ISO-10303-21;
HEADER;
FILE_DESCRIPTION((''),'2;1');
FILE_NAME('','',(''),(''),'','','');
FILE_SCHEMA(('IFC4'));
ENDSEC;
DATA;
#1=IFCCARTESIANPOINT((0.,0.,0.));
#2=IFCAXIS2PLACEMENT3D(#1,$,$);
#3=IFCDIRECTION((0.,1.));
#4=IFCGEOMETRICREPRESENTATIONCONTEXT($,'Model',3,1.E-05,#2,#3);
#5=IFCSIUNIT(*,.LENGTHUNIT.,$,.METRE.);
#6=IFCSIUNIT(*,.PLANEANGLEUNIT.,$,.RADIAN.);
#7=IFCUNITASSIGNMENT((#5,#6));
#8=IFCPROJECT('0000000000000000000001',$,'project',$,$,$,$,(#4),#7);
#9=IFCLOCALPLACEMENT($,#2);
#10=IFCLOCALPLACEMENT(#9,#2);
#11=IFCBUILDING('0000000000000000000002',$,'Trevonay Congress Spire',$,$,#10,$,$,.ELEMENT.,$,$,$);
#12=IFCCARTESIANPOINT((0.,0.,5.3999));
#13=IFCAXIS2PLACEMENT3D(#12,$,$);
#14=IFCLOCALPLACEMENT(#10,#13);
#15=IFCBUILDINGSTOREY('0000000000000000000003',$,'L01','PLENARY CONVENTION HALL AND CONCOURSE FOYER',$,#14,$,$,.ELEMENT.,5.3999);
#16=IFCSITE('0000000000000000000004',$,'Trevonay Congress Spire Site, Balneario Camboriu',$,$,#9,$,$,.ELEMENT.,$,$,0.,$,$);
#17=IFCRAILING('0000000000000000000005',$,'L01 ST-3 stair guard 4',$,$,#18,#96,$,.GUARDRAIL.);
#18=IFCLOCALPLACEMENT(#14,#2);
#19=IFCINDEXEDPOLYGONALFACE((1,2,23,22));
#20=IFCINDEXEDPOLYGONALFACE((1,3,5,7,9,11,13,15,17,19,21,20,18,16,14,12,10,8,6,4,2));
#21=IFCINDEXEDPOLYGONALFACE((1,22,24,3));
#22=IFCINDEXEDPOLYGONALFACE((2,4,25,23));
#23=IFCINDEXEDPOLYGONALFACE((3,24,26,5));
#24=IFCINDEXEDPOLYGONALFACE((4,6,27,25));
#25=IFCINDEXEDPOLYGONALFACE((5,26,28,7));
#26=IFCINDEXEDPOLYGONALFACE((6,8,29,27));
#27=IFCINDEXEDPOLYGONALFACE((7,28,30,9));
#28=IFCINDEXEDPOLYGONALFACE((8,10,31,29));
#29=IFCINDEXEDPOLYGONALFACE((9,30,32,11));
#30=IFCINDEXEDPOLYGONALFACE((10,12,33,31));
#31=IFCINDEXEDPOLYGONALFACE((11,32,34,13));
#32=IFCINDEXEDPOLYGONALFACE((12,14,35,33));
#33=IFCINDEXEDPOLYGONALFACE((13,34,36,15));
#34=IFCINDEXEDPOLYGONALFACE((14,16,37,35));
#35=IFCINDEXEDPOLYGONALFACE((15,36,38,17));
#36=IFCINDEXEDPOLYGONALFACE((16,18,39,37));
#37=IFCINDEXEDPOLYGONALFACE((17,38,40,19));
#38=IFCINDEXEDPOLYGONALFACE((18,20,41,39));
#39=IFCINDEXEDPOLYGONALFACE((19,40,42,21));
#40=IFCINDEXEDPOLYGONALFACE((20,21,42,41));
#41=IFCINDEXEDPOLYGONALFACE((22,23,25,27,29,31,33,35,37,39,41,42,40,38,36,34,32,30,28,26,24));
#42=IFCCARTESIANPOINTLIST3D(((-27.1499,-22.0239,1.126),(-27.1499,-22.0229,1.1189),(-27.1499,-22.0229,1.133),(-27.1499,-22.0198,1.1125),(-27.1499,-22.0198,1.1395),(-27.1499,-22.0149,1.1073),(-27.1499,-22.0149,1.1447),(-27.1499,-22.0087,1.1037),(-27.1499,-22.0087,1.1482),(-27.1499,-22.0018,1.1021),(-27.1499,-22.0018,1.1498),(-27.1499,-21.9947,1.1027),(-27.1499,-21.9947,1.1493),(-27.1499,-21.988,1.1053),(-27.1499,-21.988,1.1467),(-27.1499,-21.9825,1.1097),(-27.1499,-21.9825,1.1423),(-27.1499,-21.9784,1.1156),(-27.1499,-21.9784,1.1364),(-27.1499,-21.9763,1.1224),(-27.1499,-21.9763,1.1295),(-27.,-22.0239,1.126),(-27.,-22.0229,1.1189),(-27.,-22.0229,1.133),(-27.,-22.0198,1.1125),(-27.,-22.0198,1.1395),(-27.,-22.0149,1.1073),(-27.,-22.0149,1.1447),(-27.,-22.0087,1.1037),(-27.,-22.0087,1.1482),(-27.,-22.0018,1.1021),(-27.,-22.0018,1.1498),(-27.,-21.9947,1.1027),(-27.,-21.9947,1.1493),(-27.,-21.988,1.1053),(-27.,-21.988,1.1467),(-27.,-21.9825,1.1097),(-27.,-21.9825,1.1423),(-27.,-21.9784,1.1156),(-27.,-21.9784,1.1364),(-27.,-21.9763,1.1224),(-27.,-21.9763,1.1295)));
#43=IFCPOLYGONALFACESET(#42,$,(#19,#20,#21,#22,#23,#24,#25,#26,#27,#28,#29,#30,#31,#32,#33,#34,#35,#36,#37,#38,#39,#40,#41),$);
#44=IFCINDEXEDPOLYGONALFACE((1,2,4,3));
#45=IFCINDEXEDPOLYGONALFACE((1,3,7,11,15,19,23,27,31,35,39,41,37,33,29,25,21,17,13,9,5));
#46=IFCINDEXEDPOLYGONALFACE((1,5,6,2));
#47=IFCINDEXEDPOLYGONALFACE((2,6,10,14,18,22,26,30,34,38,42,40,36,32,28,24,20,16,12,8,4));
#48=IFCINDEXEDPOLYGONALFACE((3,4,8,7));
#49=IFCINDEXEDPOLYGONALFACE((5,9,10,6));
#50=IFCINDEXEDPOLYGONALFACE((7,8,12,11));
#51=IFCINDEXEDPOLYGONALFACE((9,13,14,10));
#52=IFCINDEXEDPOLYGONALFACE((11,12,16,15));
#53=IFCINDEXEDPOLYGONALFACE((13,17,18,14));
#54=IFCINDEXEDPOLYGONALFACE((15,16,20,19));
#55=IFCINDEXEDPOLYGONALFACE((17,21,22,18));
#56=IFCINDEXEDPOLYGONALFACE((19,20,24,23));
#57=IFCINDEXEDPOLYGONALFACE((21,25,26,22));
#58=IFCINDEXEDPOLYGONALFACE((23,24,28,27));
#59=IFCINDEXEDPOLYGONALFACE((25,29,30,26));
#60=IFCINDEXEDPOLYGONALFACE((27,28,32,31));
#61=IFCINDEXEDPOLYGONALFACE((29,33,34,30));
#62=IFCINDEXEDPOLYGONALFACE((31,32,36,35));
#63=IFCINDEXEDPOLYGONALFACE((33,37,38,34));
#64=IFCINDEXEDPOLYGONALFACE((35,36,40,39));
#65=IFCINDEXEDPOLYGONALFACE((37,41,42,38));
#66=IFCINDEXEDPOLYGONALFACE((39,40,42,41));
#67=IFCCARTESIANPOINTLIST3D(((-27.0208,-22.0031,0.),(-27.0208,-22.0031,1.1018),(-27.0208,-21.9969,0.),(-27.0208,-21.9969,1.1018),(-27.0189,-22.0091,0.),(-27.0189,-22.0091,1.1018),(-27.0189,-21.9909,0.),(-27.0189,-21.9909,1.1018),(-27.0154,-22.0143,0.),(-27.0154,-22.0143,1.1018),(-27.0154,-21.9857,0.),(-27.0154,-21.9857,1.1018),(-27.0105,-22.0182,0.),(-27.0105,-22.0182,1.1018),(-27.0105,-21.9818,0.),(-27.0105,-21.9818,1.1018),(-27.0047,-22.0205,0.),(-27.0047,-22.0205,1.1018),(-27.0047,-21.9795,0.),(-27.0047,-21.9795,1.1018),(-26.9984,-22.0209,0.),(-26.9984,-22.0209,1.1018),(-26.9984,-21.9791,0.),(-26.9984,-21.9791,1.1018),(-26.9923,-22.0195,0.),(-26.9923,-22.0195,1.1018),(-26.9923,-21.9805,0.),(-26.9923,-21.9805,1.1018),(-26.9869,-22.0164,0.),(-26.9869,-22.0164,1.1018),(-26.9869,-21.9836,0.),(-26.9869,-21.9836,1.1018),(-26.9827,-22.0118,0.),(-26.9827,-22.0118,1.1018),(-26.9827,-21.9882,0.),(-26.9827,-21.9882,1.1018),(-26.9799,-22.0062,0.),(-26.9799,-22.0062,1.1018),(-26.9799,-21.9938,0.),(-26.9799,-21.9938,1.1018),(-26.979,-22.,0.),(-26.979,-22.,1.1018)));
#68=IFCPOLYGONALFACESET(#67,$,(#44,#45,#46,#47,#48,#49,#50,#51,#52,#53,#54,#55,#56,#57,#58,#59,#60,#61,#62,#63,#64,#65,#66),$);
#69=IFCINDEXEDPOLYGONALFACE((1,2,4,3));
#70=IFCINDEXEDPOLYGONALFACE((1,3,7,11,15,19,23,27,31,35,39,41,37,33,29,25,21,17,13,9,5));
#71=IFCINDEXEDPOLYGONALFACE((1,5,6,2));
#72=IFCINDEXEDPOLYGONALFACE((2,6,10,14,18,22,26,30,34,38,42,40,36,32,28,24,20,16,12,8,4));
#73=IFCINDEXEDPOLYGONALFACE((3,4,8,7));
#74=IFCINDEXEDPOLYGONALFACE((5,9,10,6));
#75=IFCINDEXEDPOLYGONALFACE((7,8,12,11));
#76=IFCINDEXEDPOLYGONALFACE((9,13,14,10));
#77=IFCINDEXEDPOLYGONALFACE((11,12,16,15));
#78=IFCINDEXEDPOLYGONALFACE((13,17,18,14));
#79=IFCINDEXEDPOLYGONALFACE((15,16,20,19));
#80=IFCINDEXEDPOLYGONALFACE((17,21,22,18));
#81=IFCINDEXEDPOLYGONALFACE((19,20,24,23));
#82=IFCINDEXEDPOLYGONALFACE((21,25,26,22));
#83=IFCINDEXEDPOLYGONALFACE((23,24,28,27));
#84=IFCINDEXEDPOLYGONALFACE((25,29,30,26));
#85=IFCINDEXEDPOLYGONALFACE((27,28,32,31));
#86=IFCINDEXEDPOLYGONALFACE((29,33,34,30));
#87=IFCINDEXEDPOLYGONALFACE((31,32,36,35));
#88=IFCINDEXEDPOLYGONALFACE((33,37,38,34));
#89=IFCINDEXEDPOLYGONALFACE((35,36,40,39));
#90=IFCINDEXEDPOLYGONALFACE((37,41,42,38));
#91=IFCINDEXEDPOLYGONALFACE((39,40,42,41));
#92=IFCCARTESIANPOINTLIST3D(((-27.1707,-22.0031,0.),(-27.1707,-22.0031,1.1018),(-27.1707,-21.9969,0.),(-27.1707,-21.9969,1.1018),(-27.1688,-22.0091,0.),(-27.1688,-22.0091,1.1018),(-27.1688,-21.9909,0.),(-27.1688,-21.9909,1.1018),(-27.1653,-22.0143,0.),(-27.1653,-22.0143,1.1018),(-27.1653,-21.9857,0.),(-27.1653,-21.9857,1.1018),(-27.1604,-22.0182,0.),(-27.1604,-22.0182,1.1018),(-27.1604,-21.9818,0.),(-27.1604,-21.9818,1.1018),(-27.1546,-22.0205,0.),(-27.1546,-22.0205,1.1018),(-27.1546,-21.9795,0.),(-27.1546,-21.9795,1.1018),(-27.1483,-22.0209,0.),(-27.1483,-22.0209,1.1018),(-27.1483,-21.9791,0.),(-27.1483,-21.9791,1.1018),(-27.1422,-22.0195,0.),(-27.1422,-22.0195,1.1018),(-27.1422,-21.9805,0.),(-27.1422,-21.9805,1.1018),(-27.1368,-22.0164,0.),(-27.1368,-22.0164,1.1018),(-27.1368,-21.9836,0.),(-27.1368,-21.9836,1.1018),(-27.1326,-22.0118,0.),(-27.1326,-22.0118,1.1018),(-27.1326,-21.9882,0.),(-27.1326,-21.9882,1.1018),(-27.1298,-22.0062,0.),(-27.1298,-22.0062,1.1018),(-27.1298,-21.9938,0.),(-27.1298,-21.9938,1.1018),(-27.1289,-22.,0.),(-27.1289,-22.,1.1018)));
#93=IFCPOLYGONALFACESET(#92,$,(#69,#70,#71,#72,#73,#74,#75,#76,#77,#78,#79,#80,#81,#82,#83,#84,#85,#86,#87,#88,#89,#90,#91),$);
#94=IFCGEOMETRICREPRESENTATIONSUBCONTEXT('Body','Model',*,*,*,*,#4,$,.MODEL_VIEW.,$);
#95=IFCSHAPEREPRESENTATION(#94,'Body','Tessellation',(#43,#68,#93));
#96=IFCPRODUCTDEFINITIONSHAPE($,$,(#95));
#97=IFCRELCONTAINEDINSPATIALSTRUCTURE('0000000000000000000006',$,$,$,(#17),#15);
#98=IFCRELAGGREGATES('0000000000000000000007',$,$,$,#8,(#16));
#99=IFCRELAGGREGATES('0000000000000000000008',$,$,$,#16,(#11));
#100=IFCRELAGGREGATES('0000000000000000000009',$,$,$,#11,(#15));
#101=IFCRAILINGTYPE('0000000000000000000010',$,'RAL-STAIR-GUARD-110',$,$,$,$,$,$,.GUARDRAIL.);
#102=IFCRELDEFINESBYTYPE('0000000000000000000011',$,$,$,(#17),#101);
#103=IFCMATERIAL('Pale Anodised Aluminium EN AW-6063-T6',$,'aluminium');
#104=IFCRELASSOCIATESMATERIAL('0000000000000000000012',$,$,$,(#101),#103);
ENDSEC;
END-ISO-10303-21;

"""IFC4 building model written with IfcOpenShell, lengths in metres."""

from ifc_helpers import new_model, si_unit, direction, frame, origin, origin_2d, place, context, subcontext, project, spatial, circle, extrude, material, type_object, element, save


model = new_model("IFC4")

# Units and contexts
model_context = context("Model", 3, precision=1e-05, world=origin(), true_north=direction((0.0, 1.0)))
body_context = subcontext(model_context, "Body", "Model", "MODEL_VIEW")
ifc_project = project(units=[si_unit("LENGTHUNIT", "METRE"), si_unit("PLANEANGLEUNIT", "RADIAN")], contexts=[model_context])

# Site, building, storey
site_placement = place(None, origin())
site = spatial("IfcSite", under=ifc_project, at=site_placement, Name="Trevonay Congress Spire Site, Balneario Camboriu", CompositionType="ELEMENT", RefElevation=0.0)
building_placement = place(site_placement, origin())
building = spatial("IfcBuilding", under=site, at=building_placement, Name="Trevonay Congress Spire", CompositionType="ELEMENT")
storey_placement = place(building_placement, frame((0.0, 0.0, 5.3999)))
storey = spatial("IfcBuildingStorey", under=building, at=storey_placement, Name="L01", Description="PLENARY CONVENTION HALL AND CONCOURSE FOYER", CompositionType="ELEMENT", Elevation=5.3999)

# Shared definitions
ifc_material_1 = material(Name="Pale Anodised Aluminium EN AW-6063-T6", Category="aluminium")

# Railing
railing_type_1 = type_object("IfcRailingType", Name="RAL-STAIR-GUARD-110", PredefinedType="GUARDRAIL", material=ifc_material_1)
railing_1_placement = place(storey_placement, frame((-27.0, -22.0, 0.0)))
element("IfcRailing", 1, at=railing_1_placement, inside=storey, type_object=railing_type_1, Name="L01 ST-3 stair guard 4", PredefinedType="GUARDRAIL", context=body_context, shape_type="SweptSolid", body=[
    extrude(circle(Radius=0.0239, at=origin_2d()), frame((0.0, 0.0, 1.126), z_axis=(-1.0, 0.0, 0.0), x_axis=(0.0, -1.0, 0.0)), (0.0, 0.0, 1.0), 0.1499),
    extrude(circle(Radius=0.021, at=origin_2d()), origin(), (0.0, 0.0, 1.0), 1.1018),
    extrude(circle(Radius=0.021, at=origin_2d()), frame((-0.1499, 0.0, 0.0)), (0.0, 0.0, 1.0), 1.1018),
])

save(model, "model.ifc")
